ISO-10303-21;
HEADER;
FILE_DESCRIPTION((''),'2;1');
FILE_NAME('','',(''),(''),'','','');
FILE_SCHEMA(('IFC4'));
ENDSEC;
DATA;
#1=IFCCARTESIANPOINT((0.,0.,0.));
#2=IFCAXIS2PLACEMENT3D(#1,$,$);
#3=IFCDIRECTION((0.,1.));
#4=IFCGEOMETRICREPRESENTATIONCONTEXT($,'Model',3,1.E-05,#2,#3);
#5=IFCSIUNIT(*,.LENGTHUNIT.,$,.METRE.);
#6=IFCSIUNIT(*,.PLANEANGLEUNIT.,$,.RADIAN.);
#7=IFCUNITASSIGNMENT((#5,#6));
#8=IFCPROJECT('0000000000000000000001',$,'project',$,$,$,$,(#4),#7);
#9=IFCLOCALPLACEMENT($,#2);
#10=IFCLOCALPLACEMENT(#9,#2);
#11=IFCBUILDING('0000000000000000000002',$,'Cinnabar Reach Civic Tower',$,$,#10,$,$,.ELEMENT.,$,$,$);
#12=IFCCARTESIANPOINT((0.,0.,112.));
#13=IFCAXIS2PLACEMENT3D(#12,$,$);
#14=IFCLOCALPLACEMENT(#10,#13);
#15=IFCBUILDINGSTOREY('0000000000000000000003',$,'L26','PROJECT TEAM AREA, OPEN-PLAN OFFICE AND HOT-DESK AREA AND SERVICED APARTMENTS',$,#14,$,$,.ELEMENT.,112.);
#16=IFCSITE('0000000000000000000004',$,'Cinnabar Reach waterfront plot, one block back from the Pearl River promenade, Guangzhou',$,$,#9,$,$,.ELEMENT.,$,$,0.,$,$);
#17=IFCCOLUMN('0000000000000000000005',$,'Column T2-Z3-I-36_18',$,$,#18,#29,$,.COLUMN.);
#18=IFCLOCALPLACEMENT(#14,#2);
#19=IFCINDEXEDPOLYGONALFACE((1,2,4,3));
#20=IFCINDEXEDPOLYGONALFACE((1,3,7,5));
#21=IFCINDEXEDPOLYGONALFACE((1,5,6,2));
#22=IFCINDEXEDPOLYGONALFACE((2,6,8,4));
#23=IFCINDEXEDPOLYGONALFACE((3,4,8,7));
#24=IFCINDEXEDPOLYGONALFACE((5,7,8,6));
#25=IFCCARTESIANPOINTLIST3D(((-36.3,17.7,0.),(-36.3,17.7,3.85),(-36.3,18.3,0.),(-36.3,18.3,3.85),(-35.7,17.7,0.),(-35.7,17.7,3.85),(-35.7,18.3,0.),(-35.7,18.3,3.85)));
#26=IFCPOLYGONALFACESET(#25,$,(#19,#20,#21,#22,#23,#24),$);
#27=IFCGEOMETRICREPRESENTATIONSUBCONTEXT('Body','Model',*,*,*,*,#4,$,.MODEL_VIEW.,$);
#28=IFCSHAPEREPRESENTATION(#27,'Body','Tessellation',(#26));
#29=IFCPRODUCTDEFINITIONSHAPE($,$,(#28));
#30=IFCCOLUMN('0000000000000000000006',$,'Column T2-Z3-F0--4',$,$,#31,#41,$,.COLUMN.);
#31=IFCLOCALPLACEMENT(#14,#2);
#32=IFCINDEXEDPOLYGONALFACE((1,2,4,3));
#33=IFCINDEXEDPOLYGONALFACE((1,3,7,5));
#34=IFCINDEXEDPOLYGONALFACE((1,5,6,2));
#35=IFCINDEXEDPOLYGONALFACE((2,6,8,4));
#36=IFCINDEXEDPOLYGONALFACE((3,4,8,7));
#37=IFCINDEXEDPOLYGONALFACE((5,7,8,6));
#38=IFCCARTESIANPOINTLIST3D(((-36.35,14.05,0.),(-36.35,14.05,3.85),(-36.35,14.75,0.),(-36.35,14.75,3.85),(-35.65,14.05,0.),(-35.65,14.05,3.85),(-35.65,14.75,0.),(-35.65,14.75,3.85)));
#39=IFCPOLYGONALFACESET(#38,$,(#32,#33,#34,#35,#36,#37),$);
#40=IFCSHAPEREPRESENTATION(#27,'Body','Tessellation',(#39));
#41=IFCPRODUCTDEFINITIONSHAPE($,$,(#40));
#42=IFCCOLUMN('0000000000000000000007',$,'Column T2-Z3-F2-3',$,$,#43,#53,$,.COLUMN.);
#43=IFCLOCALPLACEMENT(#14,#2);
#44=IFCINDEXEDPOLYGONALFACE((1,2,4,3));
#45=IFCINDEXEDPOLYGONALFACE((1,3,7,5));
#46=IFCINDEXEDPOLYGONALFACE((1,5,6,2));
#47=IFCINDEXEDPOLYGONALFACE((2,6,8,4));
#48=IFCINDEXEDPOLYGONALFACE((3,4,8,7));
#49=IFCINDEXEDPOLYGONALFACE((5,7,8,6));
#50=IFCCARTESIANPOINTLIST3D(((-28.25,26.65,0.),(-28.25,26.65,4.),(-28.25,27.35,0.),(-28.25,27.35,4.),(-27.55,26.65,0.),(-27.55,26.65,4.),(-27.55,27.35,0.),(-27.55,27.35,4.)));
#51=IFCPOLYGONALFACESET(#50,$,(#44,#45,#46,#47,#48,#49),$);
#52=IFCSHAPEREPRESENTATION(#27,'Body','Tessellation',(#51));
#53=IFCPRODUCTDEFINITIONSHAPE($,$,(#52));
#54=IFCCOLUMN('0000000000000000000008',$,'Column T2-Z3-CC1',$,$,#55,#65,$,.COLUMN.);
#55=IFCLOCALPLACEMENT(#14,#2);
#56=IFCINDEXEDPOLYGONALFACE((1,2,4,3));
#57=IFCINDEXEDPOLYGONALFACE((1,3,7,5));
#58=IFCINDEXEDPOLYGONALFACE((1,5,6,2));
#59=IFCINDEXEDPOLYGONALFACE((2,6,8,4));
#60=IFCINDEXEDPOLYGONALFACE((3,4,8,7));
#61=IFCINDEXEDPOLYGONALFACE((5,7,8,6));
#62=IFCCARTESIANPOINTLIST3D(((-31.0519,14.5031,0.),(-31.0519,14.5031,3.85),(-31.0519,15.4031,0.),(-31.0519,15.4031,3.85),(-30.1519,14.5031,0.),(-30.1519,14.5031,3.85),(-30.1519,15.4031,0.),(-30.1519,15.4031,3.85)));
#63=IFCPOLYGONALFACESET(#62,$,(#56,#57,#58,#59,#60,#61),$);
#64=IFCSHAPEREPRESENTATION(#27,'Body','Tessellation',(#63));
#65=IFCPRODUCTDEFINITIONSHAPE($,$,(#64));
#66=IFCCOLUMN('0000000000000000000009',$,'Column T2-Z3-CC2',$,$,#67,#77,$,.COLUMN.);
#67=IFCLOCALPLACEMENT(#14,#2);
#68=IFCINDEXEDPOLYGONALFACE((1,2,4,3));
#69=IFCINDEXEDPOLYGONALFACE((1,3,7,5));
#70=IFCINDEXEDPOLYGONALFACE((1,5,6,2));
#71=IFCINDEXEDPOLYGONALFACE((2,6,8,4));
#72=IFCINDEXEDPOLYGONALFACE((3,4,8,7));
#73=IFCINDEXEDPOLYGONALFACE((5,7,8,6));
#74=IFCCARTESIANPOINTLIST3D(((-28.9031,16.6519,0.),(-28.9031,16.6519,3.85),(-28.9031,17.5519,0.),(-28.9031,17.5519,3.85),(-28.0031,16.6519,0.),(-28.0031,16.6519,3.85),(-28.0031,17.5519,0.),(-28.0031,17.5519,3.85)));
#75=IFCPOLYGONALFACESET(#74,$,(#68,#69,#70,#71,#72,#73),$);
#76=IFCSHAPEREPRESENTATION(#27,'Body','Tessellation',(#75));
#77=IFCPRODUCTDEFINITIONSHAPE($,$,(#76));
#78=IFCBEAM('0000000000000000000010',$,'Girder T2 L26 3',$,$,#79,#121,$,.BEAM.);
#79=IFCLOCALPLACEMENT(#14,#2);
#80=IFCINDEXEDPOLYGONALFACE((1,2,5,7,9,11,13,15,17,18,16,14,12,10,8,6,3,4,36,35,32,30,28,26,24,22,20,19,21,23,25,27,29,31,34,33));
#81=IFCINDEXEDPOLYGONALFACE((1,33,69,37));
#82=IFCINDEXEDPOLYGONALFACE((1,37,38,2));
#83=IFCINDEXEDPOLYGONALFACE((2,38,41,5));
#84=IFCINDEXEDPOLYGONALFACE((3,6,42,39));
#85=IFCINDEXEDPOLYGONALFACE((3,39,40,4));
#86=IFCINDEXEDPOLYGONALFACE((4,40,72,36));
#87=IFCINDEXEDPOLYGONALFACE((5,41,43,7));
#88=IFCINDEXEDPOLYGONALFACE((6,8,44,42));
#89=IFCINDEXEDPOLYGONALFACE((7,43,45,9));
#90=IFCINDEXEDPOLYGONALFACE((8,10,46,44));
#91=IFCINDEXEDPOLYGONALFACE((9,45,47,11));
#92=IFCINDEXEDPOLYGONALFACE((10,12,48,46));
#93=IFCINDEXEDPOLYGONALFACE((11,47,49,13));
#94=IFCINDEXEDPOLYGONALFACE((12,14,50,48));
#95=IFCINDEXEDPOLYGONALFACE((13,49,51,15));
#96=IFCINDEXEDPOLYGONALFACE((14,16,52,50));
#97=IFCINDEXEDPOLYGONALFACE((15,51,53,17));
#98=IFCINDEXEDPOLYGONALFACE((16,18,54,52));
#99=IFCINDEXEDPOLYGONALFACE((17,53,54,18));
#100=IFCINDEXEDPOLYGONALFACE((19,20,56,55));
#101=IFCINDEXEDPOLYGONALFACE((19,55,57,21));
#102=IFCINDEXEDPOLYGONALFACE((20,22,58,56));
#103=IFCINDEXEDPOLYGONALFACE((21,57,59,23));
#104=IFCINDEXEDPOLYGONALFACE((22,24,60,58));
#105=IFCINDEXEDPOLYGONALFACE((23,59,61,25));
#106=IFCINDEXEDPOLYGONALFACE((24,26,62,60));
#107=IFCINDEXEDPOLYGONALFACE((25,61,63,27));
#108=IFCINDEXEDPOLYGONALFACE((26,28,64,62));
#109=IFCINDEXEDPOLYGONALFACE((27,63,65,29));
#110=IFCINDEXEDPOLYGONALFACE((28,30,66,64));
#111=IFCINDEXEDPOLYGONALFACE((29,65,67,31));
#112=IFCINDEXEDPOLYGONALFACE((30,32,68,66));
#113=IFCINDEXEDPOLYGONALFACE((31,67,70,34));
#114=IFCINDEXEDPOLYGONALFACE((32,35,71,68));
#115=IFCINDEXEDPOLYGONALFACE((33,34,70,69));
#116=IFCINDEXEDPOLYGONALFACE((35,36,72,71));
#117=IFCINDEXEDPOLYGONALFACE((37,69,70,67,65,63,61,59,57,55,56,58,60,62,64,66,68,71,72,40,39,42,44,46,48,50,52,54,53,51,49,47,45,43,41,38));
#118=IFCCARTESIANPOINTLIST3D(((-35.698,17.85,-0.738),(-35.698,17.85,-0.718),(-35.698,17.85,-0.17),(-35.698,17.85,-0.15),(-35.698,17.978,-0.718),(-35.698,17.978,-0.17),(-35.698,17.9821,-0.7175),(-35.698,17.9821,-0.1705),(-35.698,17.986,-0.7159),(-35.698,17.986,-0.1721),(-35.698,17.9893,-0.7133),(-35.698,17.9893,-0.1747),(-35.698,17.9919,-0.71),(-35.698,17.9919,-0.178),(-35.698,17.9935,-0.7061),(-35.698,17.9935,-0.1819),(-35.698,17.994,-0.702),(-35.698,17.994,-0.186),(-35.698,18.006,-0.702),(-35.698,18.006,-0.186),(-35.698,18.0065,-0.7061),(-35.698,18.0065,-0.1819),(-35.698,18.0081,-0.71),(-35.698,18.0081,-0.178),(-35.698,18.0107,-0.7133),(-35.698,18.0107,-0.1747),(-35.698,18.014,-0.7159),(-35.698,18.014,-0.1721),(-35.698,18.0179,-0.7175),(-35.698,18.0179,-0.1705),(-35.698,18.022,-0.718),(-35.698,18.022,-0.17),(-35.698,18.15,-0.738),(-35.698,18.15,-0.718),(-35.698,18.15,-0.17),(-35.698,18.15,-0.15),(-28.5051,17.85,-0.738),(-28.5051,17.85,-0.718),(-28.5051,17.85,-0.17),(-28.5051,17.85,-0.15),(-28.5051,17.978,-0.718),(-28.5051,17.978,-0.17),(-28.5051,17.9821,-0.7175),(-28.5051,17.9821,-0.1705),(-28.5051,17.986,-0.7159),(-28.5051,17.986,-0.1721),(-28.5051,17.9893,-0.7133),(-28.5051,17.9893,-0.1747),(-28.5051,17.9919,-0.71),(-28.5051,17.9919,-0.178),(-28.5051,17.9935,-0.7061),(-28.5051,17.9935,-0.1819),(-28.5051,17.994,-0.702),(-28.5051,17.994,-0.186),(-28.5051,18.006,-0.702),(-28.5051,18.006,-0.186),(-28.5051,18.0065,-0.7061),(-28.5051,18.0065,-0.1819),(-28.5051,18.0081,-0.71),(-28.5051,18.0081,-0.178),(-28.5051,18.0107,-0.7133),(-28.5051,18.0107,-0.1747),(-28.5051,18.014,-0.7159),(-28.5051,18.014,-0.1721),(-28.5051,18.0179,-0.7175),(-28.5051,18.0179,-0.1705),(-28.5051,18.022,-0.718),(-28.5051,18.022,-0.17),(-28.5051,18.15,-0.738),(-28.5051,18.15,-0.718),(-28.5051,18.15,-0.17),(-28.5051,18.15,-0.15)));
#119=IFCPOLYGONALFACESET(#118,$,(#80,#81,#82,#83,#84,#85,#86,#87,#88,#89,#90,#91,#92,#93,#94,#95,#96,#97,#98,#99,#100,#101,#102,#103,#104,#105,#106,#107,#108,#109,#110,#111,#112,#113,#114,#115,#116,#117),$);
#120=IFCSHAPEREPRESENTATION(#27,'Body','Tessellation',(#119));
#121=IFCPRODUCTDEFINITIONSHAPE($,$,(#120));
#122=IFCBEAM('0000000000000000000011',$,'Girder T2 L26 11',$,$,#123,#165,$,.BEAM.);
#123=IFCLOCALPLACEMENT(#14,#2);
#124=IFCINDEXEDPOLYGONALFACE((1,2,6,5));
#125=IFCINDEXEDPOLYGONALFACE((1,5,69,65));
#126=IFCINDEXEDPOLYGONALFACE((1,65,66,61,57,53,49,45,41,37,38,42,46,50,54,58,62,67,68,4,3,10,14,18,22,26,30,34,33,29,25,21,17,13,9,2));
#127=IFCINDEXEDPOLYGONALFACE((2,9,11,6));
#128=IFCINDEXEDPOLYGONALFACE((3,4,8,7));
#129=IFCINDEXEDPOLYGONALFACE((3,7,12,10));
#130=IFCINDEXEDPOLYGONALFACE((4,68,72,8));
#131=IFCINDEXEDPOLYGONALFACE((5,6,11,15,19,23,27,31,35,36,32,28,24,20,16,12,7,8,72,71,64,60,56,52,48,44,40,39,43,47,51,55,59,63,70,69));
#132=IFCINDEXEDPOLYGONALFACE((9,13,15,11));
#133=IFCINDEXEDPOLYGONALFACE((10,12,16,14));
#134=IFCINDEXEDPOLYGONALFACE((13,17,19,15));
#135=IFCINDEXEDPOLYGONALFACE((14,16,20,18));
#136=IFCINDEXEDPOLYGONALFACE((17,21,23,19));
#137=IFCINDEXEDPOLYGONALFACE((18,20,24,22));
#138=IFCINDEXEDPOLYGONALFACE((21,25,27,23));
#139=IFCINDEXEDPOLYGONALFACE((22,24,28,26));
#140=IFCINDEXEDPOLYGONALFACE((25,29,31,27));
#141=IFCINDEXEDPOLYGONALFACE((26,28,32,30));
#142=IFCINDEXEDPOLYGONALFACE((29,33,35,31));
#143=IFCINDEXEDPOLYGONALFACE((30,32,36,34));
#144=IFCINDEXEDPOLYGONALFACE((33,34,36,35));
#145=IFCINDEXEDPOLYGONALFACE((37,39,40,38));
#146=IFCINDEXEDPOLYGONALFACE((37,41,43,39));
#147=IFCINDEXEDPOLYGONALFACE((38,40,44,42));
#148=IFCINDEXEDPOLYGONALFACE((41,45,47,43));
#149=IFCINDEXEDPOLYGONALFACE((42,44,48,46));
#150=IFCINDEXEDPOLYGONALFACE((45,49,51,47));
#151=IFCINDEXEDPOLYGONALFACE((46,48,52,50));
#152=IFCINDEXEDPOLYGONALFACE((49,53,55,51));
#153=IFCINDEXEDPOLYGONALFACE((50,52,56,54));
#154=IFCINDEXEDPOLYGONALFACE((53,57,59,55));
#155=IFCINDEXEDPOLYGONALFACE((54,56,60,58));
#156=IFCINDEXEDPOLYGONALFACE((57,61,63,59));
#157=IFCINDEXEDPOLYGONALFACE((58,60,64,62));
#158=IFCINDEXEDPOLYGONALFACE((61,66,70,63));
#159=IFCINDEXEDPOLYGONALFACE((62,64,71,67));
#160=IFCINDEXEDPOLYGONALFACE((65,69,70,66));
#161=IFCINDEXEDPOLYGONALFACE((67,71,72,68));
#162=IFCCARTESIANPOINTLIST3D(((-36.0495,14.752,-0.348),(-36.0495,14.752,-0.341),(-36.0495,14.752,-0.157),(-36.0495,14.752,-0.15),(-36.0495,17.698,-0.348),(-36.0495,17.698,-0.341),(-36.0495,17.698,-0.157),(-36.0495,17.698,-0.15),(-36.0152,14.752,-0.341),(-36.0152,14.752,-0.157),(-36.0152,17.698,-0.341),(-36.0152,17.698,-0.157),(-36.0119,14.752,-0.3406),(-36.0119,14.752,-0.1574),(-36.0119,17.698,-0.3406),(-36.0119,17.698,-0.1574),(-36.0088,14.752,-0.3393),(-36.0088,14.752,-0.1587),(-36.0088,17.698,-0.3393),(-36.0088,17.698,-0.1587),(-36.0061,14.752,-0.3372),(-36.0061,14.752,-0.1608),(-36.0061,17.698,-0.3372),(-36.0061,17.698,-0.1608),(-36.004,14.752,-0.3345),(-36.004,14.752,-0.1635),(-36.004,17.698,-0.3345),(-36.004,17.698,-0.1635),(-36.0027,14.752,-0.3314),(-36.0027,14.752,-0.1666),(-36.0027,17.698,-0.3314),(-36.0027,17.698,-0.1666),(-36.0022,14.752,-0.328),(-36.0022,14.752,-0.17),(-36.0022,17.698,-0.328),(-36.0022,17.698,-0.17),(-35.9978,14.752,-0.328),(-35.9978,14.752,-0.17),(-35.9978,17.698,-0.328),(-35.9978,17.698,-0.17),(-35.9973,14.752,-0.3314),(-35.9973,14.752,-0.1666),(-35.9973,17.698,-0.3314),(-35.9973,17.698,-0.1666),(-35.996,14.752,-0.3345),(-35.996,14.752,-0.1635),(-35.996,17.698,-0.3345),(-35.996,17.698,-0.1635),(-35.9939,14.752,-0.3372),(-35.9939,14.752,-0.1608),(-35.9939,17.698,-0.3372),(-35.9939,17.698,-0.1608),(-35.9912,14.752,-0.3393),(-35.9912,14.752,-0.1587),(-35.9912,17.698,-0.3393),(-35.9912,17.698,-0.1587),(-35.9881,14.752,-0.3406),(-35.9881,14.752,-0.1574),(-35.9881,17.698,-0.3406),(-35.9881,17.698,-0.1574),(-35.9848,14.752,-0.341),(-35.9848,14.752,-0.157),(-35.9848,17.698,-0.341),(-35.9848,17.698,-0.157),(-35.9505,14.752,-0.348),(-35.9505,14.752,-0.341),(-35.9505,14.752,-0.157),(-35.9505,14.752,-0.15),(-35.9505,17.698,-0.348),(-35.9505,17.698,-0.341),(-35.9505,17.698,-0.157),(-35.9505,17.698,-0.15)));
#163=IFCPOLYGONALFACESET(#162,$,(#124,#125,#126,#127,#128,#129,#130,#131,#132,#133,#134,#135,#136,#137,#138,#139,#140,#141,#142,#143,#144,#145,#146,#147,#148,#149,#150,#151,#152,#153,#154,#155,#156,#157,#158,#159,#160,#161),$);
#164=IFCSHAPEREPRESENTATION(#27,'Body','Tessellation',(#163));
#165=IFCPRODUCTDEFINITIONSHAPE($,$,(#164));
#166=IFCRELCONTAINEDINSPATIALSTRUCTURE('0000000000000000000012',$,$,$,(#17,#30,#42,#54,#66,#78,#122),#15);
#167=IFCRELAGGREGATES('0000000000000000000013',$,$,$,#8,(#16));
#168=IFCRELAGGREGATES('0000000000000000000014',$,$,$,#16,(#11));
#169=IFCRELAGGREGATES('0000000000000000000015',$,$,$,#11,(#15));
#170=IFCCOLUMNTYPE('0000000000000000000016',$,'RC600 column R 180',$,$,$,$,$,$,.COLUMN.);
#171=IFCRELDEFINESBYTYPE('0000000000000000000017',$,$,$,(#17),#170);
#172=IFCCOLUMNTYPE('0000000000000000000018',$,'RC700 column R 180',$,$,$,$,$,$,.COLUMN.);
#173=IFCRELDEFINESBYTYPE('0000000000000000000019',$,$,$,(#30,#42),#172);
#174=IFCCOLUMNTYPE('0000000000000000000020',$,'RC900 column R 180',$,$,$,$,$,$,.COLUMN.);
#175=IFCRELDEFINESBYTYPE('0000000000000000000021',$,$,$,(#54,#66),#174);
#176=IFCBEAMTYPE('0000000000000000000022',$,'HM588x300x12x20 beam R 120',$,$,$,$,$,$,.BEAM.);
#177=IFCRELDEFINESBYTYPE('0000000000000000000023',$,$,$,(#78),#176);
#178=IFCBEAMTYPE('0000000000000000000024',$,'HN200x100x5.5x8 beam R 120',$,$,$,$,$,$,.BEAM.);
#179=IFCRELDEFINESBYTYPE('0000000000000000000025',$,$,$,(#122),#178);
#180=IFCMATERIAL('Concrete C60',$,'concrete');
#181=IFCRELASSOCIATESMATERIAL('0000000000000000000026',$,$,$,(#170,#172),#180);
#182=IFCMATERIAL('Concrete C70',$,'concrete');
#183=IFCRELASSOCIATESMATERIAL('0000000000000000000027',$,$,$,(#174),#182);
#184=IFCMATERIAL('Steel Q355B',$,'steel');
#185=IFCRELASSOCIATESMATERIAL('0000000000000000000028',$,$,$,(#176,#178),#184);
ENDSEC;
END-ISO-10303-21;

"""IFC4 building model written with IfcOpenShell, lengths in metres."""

from ifc_helpers import new_model, si_unit, direction, frame, origin, origin_2d, place, context, subcontext, project, spatial, rectangle, i_section, extrude, material, material_profile, profile_set, type_object, element, save


model = new_model("IFC4")

# Units and contexts
model_context = context("Model", 3, precision=1e-05, world=origin(), true_north=direction((0.0, 1.0)))
body_context = subcontext(model_context, "Body", "Model", "MODEL_VIEW")
ifc_project = project(units=[si_unit("LENGTHUNIT", "METRE"), si_unit("PLANEANGLEUNIT", "RADIAN")], contexts=[model_context])

# Site, building, storey
site_placement = place(None, origin())
site = spatial("IfcSite", under=ifc_project, at=site_placement, Name="Cinnabar Reach waterfront plot, one block back from the Pearl River promenade, Guangzhou", CompositionType="ELEMENT", RefElevation=0.0)
building_placement = place(site_placement, origin())
building = spatial("IfcBuilding", under=site, at=building_placement, Name="Cinnabar Reach Civic Tower", CompositionType="ELEMENT")
storey_placement = place(building_placement, frame((0.0, 0.0, 112.0)))
storey = spatial("IfcBuildingStorey", under=building, at=storey_placement, Name="L26", Description="PROJECT TEAM AREA, OPEN-PLAN OFFICE AND HOT-DESK AREA AND SERVICED APARTMENTS", CompositionType="ELEMENT", Elevation=112.0)

# Columns
ifc_material_1 = material(Name="Concrete C60", Category="concrete")
ifc_material_profile_1 = material_profile(ifc_material_1, rectangle(XDim=0.6, YDim=0.6, at=origin_2d()), Name="RC600")
ifc_profile_set_1 = profile_set([ifc_material_profile_1], Name="Concrete C60")
column_type_1 = type_object("IfcColumnType", Name="RC600 column R 180", PredefinedType="COLUMN", material=ifc_profile_set_1)
column_1_placement = place(storey_placement, frame((-36.0, 18.0, 0.0), z_axis=(0.0, 0.0, 1.0), x_axis=(1.0, 0.0, 0.0)))
element("IfcColumn", 1, at=column_1_placement, inside=storey, type_object=column_type_1, Name="Column T2-Z3-I-36_18", PredefinedType="COLUMN", context=body_context, shape_type="SweptSolid", body=[
    extrude(rectangle(XDim=0.6, YDim=0.6, at=origin_2d()), origin(), (0.0, 0.0, 1.0), 3.85),
])
ifc_material_profile_2 = material_profile(ifc_material_1, rectangle(XDim=0.7, YDim=0.7, at=origin_2d()), Name="RC700")
ifc_profile_set_2 = profile_set([ifc_material_profile_2], Name="Concrete C60")
column_type_2 = type_object("IfcColumnType", Name="RC700 column R 180", PredefinedType="COLUMN", material=ifc_profile_set_2)
column_2_placement = place(storey_placement, frame((-36.0, 14.4, 0.0), z_axis=(0.0, 0.0, 1.0), x_axis=(1.0, 0.0, 0.0)))
element("IfcColumn", 2, at=column_2_placement, inside=storey, type_object=column_type_2, Name="Column T2-Z3-F0--4", PredefinedType="COLUMN", context=body_context, shape_type="SweptSolid", body=[
    extrude(rectangle(XDim=0.7, YDim=0.7, at=origin_2d()), origin(), (0.0, 0.0, 1.0), 3.85),
])
column_3_placement = place(storey_placement, frame((-27.9, 27.0, 0.0), z_axis=(0.0, 0.0, 1.0), x_axis=(1.0, 0.0, 0.0)))
element("IfcColumn", 3, at=column_3_placement, inside=storey, type_object=column_type_2, Name="Column T2-Z3-F2-3", PredefinedType="COLUMN", context=body_context, shape_type="SweptSolid", body=[
    extrude(rectangle(XDim=0.7, YDim=0.7, at=origin_2d()), origin(), (0.0, 0.0, 1.0), 4.0),
])
ifc_material_2 = material(Name="Concrete C70", Category="concrete")
ifc_material_profile_3 = material_profile(ifc_material_2, rectangle(XDim=0.9, YDim=0.9, at=origin_2d()), Name="RC900")
ifc_profile_set_3 = profile_set([ifc_material_profile_3], Name="Concrete C70")
column_type_3 = type_object("IfcColumnType", Name="RC900 column R 180", PredefinedType="COLUMN", material=ifc_profile_set_3)
for number, where, z_axis, x_axis, name in (
    (4, (-30.6019, 14.9531, 0.0), (0.0, 0.0, 1.0), (1.0, 0.0, 0.0), "Column T2-Z3-CC1"),
    (5, (-28.4531, 17.1019, 0.0), (0.0, 0.0, 1.0), (1.0, 0.0, 0.0), "Column T2-Z3-CC2"),
):
    element("IfcColumn", number, at=place(storey_placement, frame(where, z_axis=z_axis, x_axis=x_axis)), inside=storey, type_object=column_type_3, Name=name, PredefinedType="COLUMN", context=body_context, shape_type="SweptSolid", body=[
        extrude(rectangle(XDim=0.9, YDim=0.9, at=origin_2d()), origin(), (0.0, 0.0, 1.0), 3.85),
    ])

# Beams
ifc_material_3 = material(Name="Steel Q355B", Category="steel")
ifc_material_profile_4 = material_profile(ifc_material_3, i_section(OverallWidth=0.3, OverallDepth=0.588, WebThickness=0.012, FlangeThickness=0.02, FilletRadius=0.016, at=origin_2d()), Name="HM588x300x12x20")
ifc_profile_set_4 = profile_set([ifc_material_profile_4], Name="Steel Q355B")
beam_type_1 = type_object("IfcBeamType", Name="HM588x300x12x20 beam R 120", PredefinedType="BEAM", material=ifc_profile_set_4)
beam_1_placement = place(storey_placement, frame((-35.698, 18.0, -0.444), z_axis=(1.0, 0.0, 0.0), x_axis=(0.0, 1.0, 0.0)))
element("IfcBeam", 6, at=beam_1_placement, inside=storey, type_object=beam_type_1, Name="Girder T2 L26 3", PredefinedType="BEAM", context=body_context, shape_type="SweptSolid", body=[
    extrude(i_section(OverallWidth=0.3, OverallDepth=0.588, WebThickness=0.012, FlangeThickness=0.02, FilletRadius=0.016, at=origin_2d()), origin(), (0.0, 0.0, 1.0), 7.1929),
])
ifc_material_profile_5 = material_profile(ifc_material_3, i_section(OverallWidth=0.099, OverallDepth=0.198, WebThickness=0.0045, FlangeThickness=0.007, FilletRadius=0.013, at=origin_2d()), Name="HN200x100x5.5x8")
ifc_profile_set_5 = profile_set([ifc_material_profile_5], Name="Steel Q355B")
beam_type_2 = type_object("IfcBeamType", Name="HN200x100x5.5x8 beam R 120", PredefinedType="BEAM", material=ifc_profile_set_5)
beam_2_placement = place(storey_placement, frame((-36.0, 14.752, -0.249), z_axis=(0.0, 1.0, 0.0), x_axis=(-1.0, 0.0, 0.0)))
element("IfcBeam", 7, at=beam_2_placement, inside=storey, type_object=beam_type_2, Name="Girder T2 L26 11", PredefinedType="BEAM", context=body_context, shape_type="SweptSolid", body=[
    extrude(i_section(OverallWidth=0.099, OverallDepth=0.198, WebThickness=0.0045, FlangeThickness=0.007, FilletRadius=0.013, at=origin_2d()), origin(), (0.0, 0.0, 1.0), 2.946),
])

save(model, "model.ifc")
